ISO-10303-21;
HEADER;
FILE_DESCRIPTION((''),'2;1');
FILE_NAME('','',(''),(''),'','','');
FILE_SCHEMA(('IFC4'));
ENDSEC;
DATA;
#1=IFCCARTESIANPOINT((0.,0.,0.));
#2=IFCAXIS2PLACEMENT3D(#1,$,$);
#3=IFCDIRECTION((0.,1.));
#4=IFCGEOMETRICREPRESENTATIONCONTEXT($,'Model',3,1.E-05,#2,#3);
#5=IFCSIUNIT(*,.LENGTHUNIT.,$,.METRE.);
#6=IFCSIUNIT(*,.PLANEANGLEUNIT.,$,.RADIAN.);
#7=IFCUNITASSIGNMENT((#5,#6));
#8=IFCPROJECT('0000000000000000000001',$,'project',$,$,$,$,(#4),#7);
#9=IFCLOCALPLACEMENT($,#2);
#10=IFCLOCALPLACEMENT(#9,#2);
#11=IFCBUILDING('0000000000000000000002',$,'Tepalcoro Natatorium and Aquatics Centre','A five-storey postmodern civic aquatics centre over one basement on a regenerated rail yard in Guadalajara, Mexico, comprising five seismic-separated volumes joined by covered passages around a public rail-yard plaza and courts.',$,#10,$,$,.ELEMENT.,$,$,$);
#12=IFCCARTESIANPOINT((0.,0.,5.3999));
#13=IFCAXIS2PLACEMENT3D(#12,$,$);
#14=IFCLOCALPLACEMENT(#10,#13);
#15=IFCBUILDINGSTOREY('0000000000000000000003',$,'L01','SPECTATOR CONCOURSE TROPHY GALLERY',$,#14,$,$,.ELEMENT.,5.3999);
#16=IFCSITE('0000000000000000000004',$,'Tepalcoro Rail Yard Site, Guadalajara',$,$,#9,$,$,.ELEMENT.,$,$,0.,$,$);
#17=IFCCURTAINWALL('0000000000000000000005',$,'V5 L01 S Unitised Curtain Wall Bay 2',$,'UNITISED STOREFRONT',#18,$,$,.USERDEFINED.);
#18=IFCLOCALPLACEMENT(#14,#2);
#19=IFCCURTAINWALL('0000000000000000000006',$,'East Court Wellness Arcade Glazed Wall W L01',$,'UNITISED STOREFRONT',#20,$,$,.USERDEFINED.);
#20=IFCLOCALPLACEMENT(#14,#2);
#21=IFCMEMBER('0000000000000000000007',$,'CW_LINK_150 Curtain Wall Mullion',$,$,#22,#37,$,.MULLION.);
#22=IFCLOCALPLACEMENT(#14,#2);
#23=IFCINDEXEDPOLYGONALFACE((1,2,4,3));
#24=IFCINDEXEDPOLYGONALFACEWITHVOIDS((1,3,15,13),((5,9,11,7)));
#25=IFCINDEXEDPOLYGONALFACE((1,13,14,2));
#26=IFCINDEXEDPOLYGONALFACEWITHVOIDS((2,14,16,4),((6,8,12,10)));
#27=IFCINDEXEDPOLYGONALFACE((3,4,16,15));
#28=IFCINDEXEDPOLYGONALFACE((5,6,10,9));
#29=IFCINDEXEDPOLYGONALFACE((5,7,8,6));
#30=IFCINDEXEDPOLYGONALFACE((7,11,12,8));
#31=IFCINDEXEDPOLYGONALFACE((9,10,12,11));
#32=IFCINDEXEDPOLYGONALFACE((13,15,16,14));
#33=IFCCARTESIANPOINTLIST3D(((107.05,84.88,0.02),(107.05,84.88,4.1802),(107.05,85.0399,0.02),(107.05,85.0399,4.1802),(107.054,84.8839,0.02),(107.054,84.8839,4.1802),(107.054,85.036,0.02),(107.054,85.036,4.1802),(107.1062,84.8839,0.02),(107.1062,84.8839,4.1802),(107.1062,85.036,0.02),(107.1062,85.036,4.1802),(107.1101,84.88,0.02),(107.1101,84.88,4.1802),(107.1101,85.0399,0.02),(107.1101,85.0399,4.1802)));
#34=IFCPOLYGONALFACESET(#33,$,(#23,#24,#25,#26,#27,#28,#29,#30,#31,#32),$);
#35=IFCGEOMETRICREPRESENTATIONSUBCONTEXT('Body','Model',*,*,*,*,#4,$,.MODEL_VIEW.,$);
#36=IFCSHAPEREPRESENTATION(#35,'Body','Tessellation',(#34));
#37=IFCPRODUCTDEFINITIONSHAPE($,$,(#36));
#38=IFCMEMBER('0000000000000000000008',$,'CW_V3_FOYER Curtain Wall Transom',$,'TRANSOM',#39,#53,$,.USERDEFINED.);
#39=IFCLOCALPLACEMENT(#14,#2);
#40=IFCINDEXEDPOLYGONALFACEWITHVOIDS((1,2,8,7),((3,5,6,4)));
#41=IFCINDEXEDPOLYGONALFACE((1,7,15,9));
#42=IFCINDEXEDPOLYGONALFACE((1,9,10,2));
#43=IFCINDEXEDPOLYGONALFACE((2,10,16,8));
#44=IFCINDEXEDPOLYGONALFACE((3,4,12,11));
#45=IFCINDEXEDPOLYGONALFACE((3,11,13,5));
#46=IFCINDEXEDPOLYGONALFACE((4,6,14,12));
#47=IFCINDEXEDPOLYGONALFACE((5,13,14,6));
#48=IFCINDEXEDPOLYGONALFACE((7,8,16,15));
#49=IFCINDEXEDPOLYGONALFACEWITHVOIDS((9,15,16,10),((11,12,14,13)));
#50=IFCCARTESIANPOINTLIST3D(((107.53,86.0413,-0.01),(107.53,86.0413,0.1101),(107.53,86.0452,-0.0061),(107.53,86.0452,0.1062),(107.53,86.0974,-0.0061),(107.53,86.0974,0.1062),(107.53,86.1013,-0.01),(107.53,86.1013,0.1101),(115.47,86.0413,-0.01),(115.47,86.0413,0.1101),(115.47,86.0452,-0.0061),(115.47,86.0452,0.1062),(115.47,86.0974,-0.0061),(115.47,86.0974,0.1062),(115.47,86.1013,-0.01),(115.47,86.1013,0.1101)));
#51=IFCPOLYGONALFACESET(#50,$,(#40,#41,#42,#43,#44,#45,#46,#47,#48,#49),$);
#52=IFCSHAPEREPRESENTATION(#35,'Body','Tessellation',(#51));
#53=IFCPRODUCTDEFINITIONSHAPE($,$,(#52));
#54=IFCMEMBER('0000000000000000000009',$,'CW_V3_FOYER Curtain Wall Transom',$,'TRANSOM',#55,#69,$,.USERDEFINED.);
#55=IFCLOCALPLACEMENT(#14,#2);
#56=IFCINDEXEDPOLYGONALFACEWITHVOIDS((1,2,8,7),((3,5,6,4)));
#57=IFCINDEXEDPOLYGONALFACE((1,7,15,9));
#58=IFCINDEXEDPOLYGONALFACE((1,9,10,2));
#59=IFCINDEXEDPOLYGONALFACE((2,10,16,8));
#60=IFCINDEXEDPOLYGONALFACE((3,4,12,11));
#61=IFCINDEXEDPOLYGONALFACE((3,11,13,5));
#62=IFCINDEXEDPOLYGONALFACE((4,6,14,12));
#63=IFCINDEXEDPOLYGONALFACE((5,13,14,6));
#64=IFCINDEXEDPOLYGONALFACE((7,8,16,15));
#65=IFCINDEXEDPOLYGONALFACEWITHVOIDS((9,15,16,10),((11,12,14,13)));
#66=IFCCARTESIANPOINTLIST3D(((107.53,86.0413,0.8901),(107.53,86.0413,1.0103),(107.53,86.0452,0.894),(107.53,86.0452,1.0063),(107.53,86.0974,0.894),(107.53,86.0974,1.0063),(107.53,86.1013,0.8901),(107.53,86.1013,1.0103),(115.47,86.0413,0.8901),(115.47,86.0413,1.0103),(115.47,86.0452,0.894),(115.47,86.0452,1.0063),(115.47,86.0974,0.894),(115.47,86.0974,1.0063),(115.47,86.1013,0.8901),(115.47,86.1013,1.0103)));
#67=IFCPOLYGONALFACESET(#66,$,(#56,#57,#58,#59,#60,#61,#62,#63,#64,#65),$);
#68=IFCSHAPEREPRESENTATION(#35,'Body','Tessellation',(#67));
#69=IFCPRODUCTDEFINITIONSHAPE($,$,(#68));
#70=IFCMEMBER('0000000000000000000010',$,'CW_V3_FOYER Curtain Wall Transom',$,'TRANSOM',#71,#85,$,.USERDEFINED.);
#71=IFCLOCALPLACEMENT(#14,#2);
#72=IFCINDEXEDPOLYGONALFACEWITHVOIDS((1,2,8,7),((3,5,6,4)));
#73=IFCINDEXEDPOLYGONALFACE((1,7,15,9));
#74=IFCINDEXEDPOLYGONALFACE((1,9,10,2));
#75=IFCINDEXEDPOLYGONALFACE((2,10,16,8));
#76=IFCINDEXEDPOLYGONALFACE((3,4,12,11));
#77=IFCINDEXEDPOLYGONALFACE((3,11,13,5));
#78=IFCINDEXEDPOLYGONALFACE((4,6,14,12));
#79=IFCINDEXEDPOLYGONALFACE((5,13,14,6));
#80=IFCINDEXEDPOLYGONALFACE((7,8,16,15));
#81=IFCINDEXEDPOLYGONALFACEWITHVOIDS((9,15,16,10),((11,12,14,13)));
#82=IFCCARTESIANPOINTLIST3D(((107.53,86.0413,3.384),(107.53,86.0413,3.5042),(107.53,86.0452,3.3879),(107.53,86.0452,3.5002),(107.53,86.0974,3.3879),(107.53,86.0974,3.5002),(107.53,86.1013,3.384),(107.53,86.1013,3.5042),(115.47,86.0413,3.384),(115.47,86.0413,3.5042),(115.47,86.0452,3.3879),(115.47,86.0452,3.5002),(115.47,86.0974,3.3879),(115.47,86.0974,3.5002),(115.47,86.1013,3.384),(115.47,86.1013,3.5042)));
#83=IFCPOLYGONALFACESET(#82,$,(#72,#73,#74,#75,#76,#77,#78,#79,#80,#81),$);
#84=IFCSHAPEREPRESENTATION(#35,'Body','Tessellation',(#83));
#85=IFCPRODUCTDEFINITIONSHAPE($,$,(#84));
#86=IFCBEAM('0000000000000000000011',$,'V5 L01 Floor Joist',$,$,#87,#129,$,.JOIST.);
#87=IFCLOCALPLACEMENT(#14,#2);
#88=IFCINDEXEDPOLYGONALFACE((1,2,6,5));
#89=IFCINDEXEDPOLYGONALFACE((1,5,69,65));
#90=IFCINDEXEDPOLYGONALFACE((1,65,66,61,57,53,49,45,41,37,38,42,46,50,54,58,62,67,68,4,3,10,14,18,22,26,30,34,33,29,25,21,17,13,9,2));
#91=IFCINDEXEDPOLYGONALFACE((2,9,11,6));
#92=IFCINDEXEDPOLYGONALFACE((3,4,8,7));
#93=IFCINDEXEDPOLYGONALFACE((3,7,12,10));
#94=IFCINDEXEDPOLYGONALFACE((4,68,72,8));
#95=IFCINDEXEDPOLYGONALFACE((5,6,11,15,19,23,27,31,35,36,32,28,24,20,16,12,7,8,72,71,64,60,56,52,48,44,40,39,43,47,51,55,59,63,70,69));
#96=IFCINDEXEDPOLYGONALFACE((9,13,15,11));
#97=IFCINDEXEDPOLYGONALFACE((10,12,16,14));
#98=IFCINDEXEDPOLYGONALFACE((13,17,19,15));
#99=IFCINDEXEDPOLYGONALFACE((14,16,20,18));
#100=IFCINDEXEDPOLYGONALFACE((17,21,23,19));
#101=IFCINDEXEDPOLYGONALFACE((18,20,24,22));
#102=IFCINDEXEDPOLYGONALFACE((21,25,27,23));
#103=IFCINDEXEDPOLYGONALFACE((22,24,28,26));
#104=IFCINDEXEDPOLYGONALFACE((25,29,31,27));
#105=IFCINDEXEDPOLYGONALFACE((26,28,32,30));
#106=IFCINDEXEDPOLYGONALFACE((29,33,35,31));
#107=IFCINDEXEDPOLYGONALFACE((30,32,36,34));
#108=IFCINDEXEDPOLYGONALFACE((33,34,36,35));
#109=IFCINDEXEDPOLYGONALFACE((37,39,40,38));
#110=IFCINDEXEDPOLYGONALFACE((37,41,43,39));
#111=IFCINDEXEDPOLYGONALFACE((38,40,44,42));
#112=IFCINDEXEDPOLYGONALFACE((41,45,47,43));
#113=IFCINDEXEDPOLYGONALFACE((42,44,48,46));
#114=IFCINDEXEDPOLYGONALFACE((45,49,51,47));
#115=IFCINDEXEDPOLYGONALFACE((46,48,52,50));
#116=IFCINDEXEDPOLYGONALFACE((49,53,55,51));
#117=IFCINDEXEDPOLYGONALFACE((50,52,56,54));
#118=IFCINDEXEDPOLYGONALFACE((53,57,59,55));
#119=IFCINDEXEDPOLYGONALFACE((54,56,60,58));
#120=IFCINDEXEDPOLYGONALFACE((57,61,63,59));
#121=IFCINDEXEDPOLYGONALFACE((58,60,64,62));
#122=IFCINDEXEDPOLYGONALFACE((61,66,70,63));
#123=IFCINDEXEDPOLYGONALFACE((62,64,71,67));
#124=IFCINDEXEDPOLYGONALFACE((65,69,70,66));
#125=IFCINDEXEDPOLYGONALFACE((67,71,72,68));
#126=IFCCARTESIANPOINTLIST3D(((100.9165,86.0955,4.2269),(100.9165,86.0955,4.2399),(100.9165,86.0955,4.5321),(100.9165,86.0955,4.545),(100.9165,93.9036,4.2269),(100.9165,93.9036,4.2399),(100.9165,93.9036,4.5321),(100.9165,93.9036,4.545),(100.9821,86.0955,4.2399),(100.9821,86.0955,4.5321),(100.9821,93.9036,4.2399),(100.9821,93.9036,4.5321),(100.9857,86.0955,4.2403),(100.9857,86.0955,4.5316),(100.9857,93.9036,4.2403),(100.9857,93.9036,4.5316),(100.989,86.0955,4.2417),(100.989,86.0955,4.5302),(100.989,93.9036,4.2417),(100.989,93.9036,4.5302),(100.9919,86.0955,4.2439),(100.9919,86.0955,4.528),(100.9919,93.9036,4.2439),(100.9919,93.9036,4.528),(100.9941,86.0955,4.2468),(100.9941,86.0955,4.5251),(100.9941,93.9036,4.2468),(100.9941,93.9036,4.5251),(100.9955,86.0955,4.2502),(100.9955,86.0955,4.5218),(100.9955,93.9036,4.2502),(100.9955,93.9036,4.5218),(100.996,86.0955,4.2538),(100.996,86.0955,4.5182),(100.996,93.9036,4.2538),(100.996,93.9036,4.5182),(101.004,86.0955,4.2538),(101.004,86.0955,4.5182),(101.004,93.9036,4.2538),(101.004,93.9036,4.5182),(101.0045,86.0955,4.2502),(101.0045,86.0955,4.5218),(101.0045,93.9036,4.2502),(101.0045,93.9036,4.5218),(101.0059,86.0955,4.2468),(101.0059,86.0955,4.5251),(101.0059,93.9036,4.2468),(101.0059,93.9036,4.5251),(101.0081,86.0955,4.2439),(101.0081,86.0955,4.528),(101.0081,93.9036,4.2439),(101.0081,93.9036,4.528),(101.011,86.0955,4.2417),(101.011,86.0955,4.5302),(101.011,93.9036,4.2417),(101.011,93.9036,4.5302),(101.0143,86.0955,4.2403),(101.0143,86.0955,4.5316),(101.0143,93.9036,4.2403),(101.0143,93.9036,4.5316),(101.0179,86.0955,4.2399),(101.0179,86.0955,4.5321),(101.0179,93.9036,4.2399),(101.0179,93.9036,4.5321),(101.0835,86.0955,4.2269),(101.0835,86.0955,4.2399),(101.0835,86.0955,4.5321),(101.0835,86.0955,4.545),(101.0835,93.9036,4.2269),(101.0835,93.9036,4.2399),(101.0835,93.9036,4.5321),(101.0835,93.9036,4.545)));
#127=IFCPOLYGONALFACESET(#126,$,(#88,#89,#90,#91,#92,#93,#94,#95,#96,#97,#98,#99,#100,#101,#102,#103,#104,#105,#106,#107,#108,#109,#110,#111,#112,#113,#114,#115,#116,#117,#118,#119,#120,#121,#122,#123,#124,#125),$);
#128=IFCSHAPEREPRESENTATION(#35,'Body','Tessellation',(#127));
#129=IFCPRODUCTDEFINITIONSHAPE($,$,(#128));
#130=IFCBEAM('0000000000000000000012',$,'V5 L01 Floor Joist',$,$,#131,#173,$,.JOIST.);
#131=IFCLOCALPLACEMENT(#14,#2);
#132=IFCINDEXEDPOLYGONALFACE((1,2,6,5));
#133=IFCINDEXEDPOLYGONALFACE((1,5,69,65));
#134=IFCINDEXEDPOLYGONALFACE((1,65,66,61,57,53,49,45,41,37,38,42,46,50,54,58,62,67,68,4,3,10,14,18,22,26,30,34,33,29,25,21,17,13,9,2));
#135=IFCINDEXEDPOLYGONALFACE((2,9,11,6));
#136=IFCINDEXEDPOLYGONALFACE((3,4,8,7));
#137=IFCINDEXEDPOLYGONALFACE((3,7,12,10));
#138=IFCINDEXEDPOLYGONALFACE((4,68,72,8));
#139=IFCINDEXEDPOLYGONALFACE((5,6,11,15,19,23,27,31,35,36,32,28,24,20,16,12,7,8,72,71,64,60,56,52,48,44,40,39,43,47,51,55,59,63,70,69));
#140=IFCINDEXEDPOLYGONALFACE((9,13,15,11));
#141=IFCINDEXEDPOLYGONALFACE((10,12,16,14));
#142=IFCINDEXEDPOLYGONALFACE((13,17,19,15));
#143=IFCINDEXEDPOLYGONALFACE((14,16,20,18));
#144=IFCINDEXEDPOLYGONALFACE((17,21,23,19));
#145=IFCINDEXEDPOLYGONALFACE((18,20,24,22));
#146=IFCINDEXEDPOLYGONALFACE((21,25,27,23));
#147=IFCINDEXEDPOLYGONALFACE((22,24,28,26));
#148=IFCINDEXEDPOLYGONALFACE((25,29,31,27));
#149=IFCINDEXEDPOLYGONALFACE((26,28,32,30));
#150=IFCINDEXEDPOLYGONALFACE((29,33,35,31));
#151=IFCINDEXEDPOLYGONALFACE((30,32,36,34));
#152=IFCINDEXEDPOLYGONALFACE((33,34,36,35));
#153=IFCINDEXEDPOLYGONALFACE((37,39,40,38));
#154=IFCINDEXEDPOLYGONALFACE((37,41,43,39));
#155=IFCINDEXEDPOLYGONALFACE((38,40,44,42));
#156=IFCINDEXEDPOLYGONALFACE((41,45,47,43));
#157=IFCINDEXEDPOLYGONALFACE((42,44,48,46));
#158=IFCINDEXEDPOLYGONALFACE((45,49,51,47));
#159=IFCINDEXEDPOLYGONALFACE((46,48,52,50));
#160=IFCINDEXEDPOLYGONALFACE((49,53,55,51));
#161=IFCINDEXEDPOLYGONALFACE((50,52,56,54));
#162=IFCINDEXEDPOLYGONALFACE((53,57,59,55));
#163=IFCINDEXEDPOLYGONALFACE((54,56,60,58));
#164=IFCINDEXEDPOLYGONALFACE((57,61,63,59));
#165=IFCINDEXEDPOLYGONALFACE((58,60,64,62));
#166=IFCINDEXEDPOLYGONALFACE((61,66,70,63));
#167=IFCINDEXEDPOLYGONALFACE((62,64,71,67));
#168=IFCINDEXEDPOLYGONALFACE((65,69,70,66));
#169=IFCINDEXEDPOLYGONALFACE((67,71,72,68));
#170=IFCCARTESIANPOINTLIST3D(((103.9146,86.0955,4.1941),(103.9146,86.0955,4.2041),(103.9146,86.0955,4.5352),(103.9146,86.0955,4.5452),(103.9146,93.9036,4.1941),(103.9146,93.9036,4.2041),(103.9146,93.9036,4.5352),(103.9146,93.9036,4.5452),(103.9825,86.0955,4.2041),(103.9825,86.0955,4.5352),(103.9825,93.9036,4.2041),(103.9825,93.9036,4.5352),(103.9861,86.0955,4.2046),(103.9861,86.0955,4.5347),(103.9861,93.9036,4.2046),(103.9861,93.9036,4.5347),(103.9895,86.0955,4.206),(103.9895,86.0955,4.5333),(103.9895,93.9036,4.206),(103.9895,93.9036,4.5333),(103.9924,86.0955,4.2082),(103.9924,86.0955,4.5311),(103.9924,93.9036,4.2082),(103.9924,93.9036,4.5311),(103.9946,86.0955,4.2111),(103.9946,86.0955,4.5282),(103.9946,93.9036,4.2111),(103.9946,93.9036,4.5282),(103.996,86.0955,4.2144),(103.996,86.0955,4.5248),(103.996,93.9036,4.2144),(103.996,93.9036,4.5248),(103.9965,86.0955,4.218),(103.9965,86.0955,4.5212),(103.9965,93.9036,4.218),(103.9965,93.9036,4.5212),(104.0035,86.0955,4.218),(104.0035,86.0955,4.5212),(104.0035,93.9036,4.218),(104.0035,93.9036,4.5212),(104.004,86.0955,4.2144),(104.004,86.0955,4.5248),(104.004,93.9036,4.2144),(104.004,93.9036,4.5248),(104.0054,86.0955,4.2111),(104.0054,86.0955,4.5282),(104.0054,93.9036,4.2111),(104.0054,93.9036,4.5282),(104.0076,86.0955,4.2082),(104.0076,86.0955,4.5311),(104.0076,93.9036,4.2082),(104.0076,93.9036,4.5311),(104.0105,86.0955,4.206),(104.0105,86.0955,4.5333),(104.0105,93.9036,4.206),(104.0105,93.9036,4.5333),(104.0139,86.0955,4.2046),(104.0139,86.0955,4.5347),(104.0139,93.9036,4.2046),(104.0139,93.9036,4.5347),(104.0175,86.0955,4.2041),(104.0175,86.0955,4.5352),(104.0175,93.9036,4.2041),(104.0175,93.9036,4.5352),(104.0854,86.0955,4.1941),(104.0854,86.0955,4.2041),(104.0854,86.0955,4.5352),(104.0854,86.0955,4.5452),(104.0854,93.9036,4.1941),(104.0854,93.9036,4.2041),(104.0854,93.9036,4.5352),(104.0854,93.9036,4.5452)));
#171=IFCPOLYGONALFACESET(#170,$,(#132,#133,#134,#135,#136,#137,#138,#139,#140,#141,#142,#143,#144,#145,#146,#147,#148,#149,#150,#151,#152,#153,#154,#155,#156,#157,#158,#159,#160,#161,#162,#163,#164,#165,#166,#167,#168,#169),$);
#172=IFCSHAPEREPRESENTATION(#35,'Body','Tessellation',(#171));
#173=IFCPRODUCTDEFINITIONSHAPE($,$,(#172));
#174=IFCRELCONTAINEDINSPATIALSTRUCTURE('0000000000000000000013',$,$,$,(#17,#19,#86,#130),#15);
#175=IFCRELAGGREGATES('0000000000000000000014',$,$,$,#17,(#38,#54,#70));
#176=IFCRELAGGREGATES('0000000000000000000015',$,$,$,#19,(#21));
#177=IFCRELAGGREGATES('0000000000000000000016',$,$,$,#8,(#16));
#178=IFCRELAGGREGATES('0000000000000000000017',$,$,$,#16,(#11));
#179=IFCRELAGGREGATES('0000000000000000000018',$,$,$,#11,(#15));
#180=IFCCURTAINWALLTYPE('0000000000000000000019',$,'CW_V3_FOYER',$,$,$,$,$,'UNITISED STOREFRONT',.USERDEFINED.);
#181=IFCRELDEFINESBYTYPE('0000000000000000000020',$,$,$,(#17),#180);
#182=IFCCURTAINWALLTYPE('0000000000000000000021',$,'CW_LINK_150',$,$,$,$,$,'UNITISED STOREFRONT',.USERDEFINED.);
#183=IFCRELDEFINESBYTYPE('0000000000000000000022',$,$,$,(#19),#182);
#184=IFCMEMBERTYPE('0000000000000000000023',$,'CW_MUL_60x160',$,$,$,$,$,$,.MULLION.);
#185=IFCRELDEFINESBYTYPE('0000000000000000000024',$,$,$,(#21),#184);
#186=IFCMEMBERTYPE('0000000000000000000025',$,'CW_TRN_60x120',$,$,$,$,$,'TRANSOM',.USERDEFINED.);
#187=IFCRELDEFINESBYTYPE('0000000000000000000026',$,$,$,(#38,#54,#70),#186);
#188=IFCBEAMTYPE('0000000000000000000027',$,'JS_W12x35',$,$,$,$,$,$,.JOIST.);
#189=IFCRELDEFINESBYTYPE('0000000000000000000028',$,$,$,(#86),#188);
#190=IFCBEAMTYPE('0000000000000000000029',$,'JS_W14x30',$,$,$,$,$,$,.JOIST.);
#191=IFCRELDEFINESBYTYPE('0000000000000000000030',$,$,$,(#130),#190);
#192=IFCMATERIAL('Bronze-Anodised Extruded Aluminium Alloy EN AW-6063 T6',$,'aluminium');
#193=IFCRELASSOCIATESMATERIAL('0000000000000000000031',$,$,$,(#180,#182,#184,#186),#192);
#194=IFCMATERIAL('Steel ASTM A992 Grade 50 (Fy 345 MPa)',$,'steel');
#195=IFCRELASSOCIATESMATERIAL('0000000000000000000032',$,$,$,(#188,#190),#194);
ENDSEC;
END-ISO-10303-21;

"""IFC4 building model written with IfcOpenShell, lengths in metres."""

from ifc_helpers import new_model, si_unit, direction, frame, origin, origin_2d, place, context, subcontext, project, spatial, hollow_rectangle, i_section, extrude, material, material_profile, profile_set, type_object, element, aggregate, save


model = new_model("IFC4")

# Units and contexts
model_context = context("Model", 3, precision=1e-05, world=origin(), true_north=direction((0.0, 1.0)))
body_context = subcontext(model_context, "Body", "Model", "MODEL_VIEW")
ifc_project = project(units=[si_unit("LENGTHUNIT", "METRE"), si_unit("PLANEANGLEUNIT", "RADIAN")], contexts=[model_context])

# Site, building, storey
site_placement = place(None, origin())
site = spatial("IfcSite", under=ifc_project, at=site_placement, Name="Tepalcoro Rail Yard Site, Guadalajara", CompositionType="ELEMENT", RefElevation=0.0)
building_placement = place(site_placement, origin())
building = spatial("IfcBuilding", under=site, at=building_placement, Name="Tepalcoro Natatorium and Aquatics Centre", Description="A five-storey postmodern civic aquatics centre over one basement on a regenerated rail yard in Guadalajara, Mexico, comprising five seismic-separated volumes joined by covered passages around a public rail-yard plaza and courts.", CompositionType="ELEMENT")
storey_placement = place(building_placement, frame((0.0, 0.0, 5.3999)))
storey = spatial("IfcBuildingStorey", under=building, at=storey_placement, Name="L01", Description="SPECTATOR CONCOURSE TROPHY GALLERY", CompositionType="ELEMENT", Elevation=5.3999)

# Shared definitions
ifc_material_1 = material(Name="Steel ASTM A992 Grade 50 (Fy 345 MPa)", Category="steel")

# Curtain walls, member
ifc_material_2 = material(Name="Bronze-Anodised Extruded Aluminium Alloy EN AW-6063 T6", Category="aluminium")
curtain_wall_type_1 = type_object("IfcCurtainWallType", Name="CW_V3_FOYER", ElementType="UNITISED STOREFRONT", PredefinedType="USERDEFINED", material=ifc_material_2)
curtain_wall_1_placement = place(storey_placement, origin())
curtain_wall_1 = element("IfcCurtainWall", 1, at=curtain_wall_1_placement, inside=storey, type_object=curtain_wall_type_1, Name="V5 L01 S Unitised Curtain Wall Bay 2", ObjectType="UNITISED STOREFRONT", PredefinedType="USERDEFINED")
ifc_material_profile_1 = material_profile(ifc_material_2, hollow_rectangle(XDim=0.0601, YDim=0.1599, WallThickness=0.0039, at=origin_2d()), Name="AL60X160X4")
ifc_profile_set_1 = profile_set([ifc_material_profile_1], Name="Bronze-Anodised Extruded Aluminium Alloy EN AW-6063 T6")
member_type_1 = type_object("IfcMemberType", Name="CW_MUL_60x160", PredefinedType="MULLION", material=ifc_profile_set_1)
curtain_wall_type_2 = type_object("IfcCurtainWallType", Name="CW_LINK_150", ElementType="UNITISED STOREFRONT", PredefinedType="USERDEFINED", material=ifc_material_2)
curtain_wall_2_placement = place(storey_placement, origin())
curtain_wall_2 = element("IfcCurtainWall", 2, at=curtain_wall_2_placement, inside=storey, type_object=curtain_wall_type_2, Name="East Court Wellness Arcade Glazed Wall W L01", ObjectType="UNITISED STOREFRONT", PredefinedType="USERDEFINED")
member_1_placement = place(storey_placement, frame((107.0801, 84.96, 0.02), z_axis=(0.0, 0.0, 1.0), x_axis=(1.0, 0.0, 0.0)))
member_1 = element("IfcMember", 3, at=member_1_placement, type_object=member_type_1, Name="CW_LINK_150 Curtain Wall Mullion", PredefinedType="MULLION", context=body_context, shape_type="SweptSolid", body=[
    extrude(hollow_rectangle(XDim=0.0601, YDim=0.1599, WallThickness=0.0039, at=origin_2d()), origin(), (0.0, 0.0, 1.0), 4.1602),
])

# Members
ifc_material_profile_2 = material_profile(ifc_material_2, hollow_rectangle(XDim=0.0601, YDim=0.1201, WallThickness=0.0039, at=origin_2d()), Name="AL60X120X4")
ifc_profile_set_2 = profile_set([ifc_material_profile_2], Name="Bronze-Anodised Extruded Aluminium Alloy EN AW-6063 T6")
member_type_2 = type_object("IfcMemberType", Name="CW_TRN_60x120", ElementType="TRANSOM", PredefinedType="USERDEFINED", material=ifc_profile_set_2)
member_2_placement = place(storey_placement, frame((107.53, 86.0713, 0.05), z_axis=(1.0, 0.0, 0.0), x_axis=(0.0, 1.0, 0.0)))
member_2 = element("IfcMember", 4, at=member_2_placement, type_object=member_type_2, Name="CW_V3_FOYER Curtain Wall Transom", ObjectType="TRANSOM", PredefinedType="USERDEFINED", context=body_context, shape_type="SweptSolid", body=[
    extrude(hollow_rectangle(XDim=0.0601, YDim=0.1201, WallThickness=0.0039, at=origin_2d()), origin(), (0.0, 0.0, 1.0), 7.9399),
])
member_3_placement = place(storey_placement, frame((107.53, 86.0713, 0.9502), z_axis=(1.0, 0.0, 0.0), x_axis=(0.0, 1.0, 0.0)))
member_3 = element("IfcMember", 5, at=member_3_placement, type_object=member_type_2, Name="CW_V3_FOYER Curtain Wall Transom", ObjectType="TRANSOM", PredefinedType="USERDEFINED", context=body_context, shape_type="SweptSolid", body=[
    extrude(hollow_rectangle(XDim=0.0601, YDim=0.1201, WallThickness=0.0039, at=origin_2d()), origin(), (0.0, 0.0, 1.0), 7.9399),
])
member_4_placement = place(storey_placement, frame((107.53, 86.0713, 3.4441), z_axis=(1.0, 0.0, 0.0), x_axis=(0.0, 1.0, 0.0)))
member_4 = element("IfcMember", 6, at=member_4_placement, type_object=member_type_2, Name="CW_V3_FOYER Curtain Wall Transom", ObjectType="TRANSOM", PredefinedType="USERDEFINED", context=body_context, shape_type="SweptSolid", body=[
    extrude(hollow_rectangle(XDim=0.0601, YDim=0.1201, WallThickness=0.0039, at=origin_2d()), origin(), (0.0, 0.0, 1.0), 7.9399),
])
aggregate(curtain_wall_1, [member_2, member_3, member_4])

# Beams
ifc_material_profile_3 = material_profile(ifc_material_1, i_section(OverallWidth=0.167, OverallDepth=0.3181, WebThickness=0.0081, FlangeThickness=0.0129, FilletRadius=0.0139, at=origin_2d()), Name="W12X35")
ifc_profile_set_3 = profile_set([ifc_material_profile_3], Name="Steel ASTM A992 Grade 50 (Fy 345 MPa)")
beam_type_1 = type_object("IfcBeamType", Name="JS_W12x35", PredefinedType="JOIST", material=ifc_profile_set_3)
beam_1_placement = place(storey_placement, frame((101.0, 86.0955, 4.386), z_axis=(0.0, 1.0, 0.0), x_axis=(-1.0, 0.0, 0.0)))
element("IfcBeam", 7, at=beam_1_placement, inside=storey, type_object=beam_type_1, Name="V5 L01 Floor Joist", PredefinedType="JOIST", context=body_context, shape_type="SweptSolid", body=[
    extrude(i_section(OverallWidth=0.167, OverallDepth=0.3181, WebThickness=0.0081, FlangeThickness=0.0129, FilletRadius=0.0139, at=origin_2d()), origin(), (0.0, 0.0, 1.0), 7.8081),
])
ifc_material_profile_4 = material_profile(ifc_material_1, i_section(OverallWidth=0.1709, OverallDepth=0.3511, WebThickness=0.0071, FlangeThickness=0.01, FilletRadius=0.0139, at=origin_2d()), Name="W14X30")
ifc_profile_set_4 = profile_set([ifc_material_profile_4], Name="Steel ASTM A992 Grade 50 (Fy 345 MPa)")
beam_type_2 = type_object("IfcBeamType", Name="JS_W14x30", PredefinedType="JOIST", material=ifc_profile_set_4)
beam_2_placement = place(storey_placement, frame((104.0, 86.0955, 4.3696), z_axis=(0.0, 1.0, 0.0), x_axis=(-1.0, 0.0, 0.0)))
element("IfcBeam", 8, at=beam_2_placement, inside=storey, type_object=beam_type_2, Name="V5 L01 Floor Joist", PredefinedType="JOIST", context=body_context, shape_type="SweptSolid", body=[
    extrude(i_section(OverallWidth=0.1709, OverallDepth=0.3511, WebThickness=0.0071, FlangeThickness=0.01, FilletRadius=0.0139, at=origin_2d()), origin(), (0.0, 0.0, 1.0), 7.8081),
])

aggregate(curtain_wall_2, [member_1])

save(model, "model.ifc")
